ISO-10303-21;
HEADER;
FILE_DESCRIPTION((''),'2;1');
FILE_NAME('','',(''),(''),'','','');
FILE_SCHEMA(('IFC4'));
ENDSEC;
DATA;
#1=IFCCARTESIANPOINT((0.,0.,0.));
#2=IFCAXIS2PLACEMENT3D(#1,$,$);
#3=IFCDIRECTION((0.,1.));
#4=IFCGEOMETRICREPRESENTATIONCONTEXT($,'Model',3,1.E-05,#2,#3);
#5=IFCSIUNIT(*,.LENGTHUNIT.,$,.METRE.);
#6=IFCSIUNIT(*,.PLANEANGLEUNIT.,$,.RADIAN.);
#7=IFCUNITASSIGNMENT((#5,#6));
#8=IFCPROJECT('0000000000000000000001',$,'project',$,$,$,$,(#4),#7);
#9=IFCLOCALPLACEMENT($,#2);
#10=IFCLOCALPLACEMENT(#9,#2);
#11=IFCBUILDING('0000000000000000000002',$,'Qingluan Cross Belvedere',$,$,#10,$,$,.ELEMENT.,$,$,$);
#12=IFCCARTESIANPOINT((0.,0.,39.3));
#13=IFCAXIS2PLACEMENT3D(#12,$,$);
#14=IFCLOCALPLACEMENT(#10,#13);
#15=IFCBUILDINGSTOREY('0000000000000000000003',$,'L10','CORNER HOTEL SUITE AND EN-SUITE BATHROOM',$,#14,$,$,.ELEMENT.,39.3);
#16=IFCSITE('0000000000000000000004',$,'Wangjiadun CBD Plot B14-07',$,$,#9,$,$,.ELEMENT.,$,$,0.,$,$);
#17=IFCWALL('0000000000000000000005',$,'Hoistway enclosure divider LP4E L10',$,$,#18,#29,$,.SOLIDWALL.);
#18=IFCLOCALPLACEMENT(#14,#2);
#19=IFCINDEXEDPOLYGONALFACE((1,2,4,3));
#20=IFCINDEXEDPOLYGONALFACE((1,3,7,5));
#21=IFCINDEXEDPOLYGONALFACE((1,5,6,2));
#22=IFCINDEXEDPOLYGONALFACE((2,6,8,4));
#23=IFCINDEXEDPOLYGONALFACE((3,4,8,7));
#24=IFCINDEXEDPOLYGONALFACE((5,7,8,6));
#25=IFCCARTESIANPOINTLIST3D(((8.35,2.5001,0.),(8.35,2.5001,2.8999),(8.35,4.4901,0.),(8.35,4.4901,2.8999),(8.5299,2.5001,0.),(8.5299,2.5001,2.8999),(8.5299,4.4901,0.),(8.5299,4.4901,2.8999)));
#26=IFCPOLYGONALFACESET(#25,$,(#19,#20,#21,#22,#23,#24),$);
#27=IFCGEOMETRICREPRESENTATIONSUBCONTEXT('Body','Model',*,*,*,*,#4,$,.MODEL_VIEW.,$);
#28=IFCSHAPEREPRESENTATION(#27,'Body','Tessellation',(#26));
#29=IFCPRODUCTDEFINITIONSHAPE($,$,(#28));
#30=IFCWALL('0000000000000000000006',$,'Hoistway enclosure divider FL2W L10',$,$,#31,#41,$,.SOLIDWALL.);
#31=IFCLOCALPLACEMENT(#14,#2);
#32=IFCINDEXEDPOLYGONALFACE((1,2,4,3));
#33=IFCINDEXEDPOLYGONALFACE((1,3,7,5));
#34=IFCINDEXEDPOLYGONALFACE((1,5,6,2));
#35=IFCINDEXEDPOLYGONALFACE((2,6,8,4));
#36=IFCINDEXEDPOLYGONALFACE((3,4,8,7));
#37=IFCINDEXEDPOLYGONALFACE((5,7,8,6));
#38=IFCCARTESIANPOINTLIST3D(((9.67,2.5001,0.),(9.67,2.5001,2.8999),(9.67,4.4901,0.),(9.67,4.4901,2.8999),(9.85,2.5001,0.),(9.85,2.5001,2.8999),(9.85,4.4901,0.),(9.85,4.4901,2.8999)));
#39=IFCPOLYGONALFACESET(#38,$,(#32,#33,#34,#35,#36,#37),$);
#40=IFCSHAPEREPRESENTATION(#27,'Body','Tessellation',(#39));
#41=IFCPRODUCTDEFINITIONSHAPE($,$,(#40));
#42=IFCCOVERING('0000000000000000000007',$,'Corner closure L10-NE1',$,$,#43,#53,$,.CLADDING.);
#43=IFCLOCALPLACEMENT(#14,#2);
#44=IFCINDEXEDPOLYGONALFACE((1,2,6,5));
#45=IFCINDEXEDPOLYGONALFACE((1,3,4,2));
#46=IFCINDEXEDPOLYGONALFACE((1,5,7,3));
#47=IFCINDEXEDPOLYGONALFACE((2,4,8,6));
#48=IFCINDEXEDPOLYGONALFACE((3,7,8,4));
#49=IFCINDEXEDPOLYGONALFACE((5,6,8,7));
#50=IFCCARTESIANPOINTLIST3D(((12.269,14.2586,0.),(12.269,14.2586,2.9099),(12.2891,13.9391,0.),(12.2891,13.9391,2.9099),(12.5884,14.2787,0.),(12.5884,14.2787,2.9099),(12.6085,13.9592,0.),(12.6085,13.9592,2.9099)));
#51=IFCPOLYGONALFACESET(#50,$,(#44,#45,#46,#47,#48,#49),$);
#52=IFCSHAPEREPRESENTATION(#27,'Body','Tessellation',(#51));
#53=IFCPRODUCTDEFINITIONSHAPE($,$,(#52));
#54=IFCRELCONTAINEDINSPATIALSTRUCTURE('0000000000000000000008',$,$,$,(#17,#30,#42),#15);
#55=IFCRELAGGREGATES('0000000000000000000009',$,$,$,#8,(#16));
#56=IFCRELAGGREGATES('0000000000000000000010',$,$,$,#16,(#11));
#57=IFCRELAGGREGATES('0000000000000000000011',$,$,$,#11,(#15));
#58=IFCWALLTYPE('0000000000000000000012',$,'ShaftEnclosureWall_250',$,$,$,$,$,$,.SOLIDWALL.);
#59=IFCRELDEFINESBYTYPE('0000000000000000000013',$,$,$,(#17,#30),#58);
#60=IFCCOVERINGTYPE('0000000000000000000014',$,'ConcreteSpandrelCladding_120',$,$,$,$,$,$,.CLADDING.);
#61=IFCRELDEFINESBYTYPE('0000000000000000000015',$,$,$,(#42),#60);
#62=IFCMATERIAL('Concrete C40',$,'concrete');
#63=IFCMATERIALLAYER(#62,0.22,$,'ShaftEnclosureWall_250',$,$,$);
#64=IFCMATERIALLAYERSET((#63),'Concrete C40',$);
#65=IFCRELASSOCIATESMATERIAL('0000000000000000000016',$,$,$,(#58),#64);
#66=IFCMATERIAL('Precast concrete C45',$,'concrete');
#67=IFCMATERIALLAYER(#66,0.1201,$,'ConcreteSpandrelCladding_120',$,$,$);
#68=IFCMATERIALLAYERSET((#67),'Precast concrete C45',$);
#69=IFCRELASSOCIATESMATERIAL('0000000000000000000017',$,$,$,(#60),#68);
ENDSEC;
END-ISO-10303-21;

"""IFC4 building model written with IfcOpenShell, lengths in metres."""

from ifc_helpers import new_model, si_unit, direction, frame, frame_2d, origin, origin_2d, place, context, subcontext, project, spatial, rectangle, extrude, material, layer, layer_set, type_object, element, save


model = new_model("IFC4")

# Units and contexts
model_context = context("Model", 3, precision=1e-05, world=origin(), true_north=direction((0.0, 1.0)))
body_context = subcontext(model_context, "Body", "Model", "MODEL_VIEW")
ifc_project = project(units=[si_unit("LENGTHUNIT", "METRE"), si_unit("PLANEANGLEUNIT", "RADIAN")], contexts=[model_context])

# Site, building, storey
site_placement = place(None, origin())
site = spatial("IfcSite", under=ifc_project, at=site_placement, Name="Wangjiadun CBD Plot B14-07", CompositionType="ELEMENT", RefElevation=0.0)
building_placement = place(site_placement, origin())
building = spatial("IfcBuilding", under=site, at=building_placement, Name="Qingluan Cross Belvedere", CompositionType="ELEMENT")
storey_placement = place(building_placement, frame((0.0, 0.0, 39.3)))
storey = spatial("IfcBuildingStorey", under=building, at=storey_placement, Name="L10", Description="CORNER HOTEL SUITE AND EN-SUITE BATHROOM", CompositionType="ELEMENT", Elevation=39.3)

# Walls
ifc_material_1 = material(Name="Concrete C40", Category="concrete")
ifc_layer_1 = layer(ifc_material_1, 0.22, Name="ShaftEnclosureWall_250")
ifc_layer_set_1 = layer_set([ifc_layer_1], Name="Concrete C40")
wall_type_1 = type_object("IfcWallType", Name="ShaftEnclosureWall_250", PredefinedType="SOLIDWALL", material=ifc_layer_set_1)
for number, where, z_axis, x_axis, name in (
    (1, (8.4399, 2.5, 0.0), (0.0, 0.0, 1.0), (0.0, 1.0, 0.0), "Hoistway enclosure divider LP4E L10"),
    (2, (9.76, 2.5, 0.0), (0.0, 0.0, 1.0), (0.0, 1.0, 0.0), "Hoistway enclosure divider FL2W L10"),
):
    element("IfcWall", number, at=place(storey_placement, frame(where, z_axis=z_axis, x_axis=x_axis)), inside=storey, type_object=wall_type_1, Name=name, PredefinedType="SOLIDWALL", context=body_context, shape_type="SweptSolid", body=[
        extrude(rectangle(XDim=1.99, YDim=0.1799, at=frame_2d((0.9951, 0.0))), origin(), (0.0, 0.0, 1.0), 2.8999),
    ])

# Covering
ifc_material_2 = material(Name="Precast concrete C45", Category="concrete")
ifc_layer_2 = layer(ifc_material_2, 0.1201, Name="ConcreteSpandrelCladding_120")
ifc_layer_set_2 = layer_set([ifc_layer_2], Name="Precast concrete C45")
covering_type = type_object("IfcCoveringType", Name="ConcreteSpandrelCladding_120", PredefinedType="CLADDING", material=ifc_layer_set_2)
covering_placement = place(storey_placement, frame((12.4387, 14.1089, 0.0), z_axis=(0.0, 0.0, 1.0), x_axis=(0.998027, 0.062791, 0.0)))
element("IfcCovering", 3, at=covering_placement, inside=storey, type_object=covering_type, Name="Corner closure L10-NE1", PredefinedType="CLADDING", context=body_context, shape_type="SweptSolid", body=[
    extrude(rectangle(XDim=0.3201, YDim=0.3201, at=origin_2d()), origin(), (0.0, 0.0, 1.0), 2.9099),
])

save(model, "model.ifc")
